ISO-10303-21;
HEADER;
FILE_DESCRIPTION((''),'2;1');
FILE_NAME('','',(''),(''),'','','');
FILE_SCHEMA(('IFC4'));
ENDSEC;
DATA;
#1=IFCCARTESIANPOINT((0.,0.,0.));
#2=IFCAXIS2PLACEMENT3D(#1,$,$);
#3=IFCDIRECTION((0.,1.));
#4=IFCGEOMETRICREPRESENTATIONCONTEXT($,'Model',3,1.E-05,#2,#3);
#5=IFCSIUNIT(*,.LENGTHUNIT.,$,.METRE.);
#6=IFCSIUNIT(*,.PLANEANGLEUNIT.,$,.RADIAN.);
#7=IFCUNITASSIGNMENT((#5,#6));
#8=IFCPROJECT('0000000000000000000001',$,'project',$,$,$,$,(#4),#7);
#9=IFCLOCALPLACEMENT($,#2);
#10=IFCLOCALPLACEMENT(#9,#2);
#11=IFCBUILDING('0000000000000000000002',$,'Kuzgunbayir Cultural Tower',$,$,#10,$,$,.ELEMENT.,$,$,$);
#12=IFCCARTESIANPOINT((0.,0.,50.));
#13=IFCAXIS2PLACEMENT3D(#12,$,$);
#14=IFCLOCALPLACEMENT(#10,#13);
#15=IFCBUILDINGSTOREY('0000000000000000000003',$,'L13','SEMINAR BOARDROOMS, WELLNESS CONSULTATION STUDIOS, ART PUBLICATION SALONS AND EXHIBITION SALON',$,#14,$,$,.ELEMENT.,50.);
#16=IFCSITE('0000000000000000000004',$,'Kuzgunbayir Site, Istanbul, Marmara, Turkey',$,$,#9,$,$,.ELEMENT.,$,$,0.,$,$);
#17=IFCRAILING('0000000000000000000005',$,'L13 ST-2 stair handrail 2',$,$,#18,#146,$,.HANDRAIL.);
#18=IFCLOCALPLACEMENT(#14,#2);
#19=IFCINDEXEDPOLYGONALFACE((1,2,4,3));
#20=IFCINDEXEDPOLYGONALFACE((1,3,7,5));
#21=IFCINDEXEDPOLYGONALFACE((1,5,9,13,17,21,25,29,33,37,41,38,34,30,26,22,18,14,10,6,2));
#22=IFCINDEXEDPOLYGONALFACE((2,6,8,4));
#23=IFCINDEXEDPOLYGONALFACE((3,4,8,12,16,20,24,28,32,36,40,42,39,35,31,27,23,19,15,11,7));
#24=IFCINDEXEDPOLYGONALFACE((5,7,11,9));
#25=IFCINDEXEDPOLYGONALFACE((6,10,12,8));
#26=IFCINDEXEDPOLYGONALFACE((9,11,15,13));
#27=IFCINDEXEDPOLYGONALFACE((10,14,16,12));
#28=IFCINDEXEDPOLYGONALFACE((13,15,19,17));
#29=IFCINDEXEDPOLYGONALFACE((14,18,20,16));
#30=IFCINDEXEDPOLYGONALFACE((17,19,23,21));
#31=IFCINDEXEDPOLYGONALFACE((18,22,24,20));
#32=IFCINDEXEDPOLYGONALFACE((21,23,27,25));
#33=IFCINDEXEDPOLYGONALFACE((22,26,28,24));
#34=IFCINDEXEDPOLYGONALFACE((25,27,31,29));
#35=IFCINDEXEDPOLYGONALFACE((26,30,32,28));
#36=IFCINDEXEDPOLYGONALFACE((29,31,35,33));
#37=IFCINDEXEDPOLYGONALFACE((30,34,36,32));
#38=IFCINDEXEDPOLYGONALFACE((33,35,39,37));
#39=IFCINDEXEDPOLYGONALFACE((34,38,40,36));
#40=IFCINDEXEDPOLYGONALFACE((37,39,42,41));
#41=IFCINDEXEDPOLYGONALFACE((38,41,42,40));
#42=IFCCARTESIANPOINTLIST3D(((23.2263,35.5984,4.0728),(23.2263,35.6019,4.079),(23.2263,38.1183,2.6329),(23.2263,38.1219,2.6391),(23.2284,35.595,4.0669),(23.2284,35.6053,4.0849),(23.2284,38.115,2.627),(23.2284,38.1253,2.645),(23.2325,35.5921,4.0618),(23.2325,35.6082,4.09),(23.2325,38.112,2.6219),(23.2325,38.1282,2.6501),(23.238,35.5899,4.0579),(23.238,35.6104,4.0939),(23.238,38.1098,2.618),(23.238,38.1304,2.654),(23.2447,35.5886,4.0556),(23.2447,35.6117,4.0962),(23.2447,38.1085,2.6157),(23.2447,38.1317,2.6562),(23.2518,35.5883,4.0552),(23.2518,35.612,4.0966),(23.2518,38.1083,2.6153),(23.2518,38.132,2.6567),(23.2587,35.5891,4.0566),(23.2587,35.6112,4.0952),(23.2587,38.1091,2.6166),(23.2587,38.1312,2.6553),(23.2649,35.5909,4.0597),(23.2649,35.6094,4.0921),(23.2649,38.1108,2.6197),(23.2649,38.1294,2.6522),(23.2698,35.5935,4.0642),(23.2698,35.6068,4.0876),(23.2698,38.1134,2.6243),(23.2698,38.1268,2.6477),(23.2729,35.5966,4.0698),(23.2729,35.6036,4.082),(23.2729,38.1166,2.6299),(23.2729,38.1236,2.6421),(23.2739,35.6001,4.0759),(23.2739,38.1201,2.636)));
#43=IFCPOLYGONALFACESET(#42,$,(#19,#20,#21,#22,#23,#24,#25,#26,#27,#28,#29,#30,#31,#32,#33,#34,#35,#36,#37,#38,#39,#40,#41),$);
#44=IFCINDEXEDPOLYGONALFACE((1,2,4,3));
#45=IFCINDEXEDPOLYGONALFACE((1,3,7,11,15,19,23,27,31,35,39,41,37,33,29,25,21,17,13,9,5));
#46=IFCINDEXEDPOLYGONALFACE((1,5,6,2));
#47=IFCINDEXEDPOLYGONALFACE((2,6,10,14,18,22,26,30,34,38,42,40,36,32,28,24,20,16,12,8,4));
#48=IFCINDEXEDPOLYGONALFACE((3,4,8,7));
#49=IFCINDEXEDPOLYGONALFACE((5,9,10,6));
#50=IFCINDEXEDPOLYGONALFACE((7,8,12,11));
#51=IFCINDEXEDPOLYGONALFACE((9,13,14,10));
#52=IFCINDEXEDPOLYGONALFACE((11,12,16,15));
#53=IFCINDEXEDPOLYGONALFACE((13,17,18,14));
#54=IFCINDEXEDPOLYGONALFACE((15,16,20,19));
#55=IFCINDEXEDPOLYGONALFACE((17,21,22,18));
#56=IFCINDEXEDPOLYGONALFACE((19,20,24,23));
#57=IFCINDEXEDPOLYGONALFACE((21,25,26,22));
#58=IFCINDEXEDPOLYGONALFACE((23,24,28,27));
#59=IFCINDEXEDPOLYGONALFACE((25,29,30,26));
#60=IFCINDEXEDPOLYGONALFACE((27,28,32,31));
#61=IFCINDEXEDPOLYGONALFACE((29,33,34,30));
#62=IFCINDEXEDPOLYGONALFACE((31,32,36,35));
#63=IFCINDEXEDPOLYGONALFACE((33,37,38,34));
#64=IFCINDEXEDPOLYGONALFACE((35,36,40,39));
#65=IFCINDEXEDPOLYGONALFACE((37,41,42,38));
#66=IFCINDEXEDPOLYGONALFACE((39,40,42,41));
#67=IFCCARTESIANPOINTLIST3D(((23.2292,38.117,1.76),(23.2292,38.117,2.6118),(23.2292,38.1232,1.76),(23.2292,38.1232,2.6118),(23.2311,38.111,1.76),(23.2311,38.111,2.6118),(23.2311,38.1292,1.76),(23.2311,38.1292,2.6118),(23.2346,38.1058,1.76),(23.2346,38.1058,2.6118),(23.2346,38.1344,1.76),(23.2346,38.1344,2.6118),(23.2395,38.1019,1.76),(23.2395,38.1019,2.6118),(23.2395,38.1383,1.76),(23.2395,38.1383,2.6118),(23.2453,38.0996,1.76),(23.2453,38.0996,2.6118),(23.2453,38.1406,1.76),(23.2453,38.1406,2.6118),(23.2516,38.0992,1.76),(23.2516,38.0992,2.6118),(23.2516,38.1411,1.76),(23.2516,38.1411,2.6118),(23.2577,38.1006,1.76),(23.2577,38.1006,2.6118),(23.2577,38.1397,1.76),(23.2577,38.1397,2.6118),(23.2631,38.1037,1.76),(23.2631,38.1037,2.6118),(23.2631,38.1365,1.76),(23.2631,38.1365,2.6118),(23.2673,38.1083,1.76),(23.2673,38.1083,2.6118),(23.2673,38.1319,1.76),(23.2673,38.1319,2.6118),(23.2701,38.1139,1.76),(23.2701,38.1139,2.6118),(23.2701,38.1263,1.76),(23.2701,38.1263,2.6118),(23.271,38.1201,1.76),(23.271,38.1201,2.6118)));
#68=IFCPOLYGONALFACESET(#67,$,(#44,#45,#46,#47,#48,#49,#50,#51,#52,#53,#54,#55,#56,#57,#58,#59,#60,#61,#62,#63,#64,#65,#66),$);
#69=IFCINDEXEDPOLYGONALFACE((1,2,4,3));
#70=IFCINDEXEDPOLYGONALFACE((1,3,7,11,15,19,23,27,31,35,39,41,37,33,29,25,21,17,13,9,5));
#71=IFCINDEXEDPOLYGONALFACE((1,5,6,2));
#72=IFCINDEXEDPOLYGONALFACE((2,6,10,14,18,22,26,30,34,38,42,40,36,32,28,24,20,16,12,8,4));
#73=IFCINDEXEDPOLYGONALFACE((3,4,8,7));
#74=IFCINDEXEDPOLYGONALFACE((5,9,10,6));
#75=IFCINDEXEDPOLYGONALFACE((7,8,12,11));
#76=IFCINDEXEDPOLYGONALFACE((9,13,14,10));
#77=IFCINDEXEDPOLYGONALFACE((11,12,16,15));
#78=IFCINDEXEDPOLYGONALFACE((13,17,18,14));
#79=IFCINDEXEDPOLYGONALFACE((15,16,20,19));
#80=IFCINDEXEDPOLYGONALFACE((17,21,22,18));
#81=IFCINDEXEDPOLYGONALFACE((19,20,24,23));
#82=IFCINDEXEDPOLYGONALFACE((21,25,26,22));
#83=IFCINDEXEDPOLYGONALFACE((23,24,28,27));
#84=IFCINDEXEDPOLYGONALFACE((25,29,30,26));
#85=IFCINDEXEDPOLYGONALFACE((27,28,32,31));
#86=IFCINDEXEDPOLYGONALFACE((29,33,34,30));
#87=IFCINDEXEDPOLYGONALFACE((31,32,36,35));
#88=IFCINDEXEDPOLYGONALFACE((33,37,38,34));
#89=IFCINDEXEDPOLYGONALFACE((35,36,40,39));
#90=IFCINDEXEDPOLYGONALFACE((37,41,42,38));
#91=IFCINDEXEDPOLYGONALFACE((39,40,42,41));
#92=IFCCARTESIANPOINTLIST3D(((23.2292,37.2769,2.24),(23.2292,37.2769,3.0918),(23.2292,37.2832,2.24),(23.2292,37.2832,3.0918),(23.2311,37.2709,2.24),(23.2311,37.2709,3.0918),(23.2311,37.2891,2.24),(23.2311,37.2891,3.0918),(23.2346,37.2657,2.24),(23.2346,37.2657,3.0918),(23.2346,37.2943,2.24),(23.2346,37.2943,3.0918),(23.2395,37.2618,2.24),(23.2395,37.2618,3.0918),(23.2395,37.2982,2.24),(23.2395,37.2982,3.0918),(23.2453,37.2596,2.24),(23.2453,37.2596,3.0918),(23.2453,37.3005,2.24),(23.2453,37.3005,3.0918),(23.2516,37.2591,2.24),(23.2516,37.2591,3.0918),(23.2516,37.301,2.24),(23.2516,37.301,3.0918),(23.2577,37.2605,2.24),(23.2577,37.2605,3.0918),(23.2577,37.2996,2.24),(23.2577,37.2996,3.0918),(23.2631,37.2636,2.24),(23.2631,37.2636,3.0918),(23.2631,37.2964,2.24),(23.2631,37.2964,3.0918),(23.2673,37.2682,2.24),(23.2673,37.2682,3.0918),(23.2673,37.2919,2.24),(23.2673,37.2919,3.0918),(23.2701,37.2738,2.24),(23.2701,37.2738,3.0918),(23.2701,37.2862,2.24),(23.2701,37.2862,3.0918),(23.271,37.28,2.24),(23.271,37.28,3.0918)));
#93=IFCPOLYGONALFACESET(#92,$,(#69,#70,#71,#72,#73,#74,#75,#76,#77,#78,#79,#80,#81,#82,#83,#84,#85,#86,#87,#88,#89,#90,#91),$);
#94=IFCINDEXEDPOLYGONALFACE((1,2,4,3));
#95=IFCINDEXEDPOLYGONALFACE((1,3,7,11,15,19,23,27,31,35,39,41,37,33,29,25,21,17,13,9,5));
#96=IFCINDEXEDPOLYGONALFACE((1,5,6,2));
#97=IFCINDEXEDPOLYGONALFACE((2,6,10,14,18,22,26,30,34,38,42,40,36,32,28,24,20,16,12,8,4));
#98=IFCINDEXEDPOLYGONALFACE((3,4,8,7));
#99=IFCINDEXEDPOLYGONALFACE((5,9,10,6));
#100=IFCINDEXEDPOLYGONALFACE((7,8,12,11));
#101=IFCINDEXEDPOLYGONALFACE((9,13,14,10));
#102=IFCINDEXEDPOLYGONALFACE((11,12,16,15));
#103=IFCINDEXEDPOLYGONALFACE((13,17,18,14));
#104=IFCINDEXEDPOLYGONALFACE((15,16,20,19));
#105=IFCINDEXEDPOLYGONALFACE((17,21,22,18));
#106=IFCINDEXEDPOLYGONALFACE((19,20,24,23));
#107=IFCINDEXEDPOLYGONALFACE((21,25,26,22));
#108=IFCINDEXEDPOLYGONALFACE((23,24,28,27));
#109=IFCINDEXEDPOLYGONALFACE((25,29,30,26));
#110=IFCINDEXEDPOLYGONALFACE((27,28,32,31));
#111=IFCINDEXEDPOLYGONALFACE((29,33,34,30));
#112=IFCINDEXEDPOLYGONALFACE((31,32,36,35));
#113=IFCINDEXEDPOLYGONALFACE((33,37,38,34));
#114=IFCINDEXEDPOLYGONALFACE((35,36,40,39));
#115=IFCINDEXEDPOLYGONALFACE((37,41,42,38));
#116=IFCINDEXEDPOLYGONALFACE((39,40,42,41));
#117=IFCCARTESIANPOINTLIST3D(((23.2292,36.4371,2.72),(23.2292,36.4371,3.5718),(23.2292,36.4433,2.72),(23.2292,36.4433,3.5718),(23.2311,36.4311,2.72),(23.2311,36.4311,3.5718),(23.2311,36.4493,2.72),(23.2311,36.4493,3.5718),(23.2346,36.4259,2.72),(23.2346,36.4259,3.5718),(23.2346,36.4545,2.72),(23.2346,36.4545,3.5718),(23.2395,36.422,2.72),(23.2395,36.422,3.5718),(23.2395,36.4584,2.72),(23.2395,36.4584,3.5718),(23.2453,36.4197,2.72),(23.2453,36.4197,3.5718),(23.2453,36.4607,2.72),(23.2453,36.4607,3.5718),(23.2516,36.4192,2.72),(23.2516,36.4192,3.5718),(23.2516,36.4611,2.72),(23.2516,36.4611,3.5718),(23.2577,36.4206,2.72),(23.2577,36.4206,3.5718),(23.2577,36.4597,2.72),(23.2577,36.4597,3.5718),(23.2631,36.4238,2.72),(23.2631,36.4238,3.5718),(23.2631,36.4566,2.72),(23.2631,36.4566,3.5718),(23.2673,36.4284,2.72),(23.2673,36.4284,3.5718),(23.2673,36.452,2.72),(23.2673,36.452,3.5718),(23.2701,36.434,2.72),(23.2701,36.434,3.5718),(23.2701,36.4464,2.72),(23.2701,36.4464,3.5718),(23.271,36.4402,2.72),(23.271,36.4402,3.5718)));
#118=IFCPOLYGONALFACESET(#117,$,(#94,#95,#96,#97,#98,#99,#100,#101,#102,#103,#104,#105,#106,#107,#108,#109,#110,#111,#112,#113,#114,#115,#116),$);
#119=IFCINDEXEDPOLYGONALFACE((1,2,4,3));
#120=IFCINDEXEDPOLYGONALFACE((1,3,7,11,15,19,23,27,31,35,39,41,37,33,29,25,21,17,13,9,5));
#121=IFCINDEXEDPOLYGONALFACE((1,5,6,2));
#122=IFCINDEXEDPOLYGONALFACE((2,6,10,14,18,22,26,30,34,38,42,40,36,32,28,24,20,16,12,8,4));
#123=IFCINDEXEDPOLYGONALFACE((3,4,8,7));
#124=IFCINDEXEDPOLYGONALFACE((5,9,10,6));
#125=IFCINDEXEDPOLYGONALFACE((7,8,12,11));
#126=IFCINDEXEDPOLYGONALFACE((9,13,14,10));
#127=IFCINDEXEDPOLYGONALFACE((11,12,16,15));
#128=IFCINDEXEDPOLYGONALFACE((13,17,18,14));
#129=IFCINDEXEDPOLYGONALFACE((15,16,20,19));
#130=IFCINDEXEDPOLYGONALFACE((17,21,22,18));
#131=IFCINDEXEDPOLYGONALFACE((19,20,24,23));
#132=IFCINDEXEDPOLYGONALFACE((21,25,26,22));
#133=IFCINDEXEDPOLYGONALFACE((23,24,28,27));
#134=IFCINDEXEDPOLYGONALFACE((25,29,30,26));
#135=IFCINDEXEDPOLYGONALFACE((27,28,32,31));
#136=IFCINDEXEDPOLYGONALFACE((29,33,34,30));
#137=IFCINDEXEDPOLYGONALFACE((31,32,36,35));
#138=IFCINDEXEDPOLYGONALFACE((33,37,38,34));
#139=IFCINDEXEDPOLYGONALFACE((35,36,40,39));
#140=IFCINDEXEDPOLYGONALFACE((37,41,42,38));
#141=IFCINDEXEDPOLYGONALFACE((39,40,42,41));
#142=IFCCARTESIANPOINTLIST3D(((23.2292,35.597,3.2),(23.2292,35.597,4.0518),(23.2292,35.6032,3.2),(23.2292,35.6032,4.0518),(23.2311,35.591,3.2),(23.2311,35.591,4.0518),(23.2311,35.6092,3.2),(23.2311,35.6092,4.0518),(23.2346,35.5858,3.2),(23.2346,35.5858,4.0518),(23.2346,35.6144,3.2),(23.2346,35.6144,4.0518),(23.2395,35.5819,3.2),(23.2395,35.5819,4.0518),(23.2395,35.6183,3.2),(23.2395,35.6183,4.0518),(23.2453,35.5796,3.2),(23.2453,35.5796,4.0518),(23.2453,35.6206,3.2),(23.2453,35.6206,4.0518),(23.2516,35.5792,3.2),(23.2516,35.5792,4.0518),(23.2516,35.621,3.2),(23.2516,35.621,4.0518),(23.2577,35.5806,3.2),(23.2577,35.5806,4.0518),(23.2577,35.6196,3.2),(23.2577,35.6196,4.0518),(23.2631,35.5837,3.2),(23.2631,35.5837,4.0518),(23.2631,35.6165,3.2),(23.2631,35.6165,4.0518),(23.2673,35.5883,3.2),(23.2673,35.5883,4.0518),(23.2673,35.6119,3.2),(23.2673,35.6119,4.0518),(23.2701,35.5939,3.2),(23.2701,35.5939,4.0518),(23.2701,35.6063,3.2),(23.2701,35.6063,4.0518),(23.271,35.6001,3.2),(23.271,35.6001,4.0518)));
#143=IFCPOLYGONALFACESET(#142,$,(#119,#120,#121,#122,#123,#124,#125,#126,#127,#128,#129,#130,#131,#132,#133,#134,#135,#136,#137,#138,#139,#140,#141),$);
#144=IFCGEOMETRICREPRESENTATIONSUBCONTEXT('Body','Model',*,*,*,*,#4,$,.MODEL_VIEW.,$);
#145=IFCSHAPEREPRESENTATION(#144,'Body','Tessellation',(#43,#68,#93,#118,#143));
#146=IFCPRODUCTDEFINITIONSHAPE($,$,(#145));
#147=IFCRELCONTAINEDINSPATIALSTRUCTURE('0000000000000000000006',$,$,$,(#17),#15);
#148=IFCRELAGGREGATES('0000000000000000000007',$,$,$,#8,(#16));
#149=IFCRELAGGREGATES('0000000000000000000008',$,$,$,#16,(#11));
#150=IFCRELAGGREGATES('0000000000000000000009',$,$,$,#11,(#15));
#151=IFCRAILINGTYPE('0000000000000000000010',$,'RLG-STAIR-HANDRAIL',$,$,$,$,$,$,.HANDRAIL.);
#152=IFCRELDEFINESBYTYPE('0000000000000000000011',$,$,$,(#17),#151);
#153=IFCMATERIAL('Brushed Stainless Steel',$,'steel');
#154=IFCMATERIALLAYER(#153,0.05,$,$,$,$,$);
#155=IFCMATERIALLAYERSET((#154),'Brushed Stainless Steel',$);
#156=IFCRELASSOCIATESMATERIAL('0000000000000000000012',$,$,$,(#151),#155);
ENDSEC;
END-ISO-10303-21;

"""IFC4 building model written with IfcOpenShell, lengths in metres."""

from ifc_helpers import new_model, si_unit, direction, frame, origin, origin_2d, place, context, subcontext, project, spatial, circle, extrude, material, layer, layer_set, type_object, element, save


model = new_model("IFC4")

# Units and contexts
model_context = context("Model", 3, precision=1e-05, world=origin(), true_north=direction((0.0, 1.0)))
body_context = subcontext(model_context, "Body", "Model", "MODEL_VIEW")
ifc_project = project(units=[si_unit("LENGTHUNIT", "METRE"), si_unit("PLANEANGLEUNIT", "RADIAN")], contexts=[model_context])

# Site, building, storey
site_placement = place(None, origin())
site = spatial("IfcSite", under=ifc_project, at=site_placement, Name="Kuzgunbayir Site, Istanbul, Marmara, Turkey", CompositionType="ELEMENT", RefElevation=0.0)
building_placement = place(site_placement, origin())
building = spatial("IfcBuilding", under=site, at=building_placement, Name="Kuzgunbayir Cultural Tower", CompositionType="ELEMENT")
storey_placement = place(building_placement, frame((0.0, 0.0, 50.0)))
storey = spatial("IfcBuildingStorey", under=building, at=storey_placement, Name="L13", Description="SEMINAR BOARDROOMS, WELLNESS CONSULTATION STUDIOS, ART PUBLICATION SALONS AND EXHIBITION SALON", CompositionType="ELEMENT", Elevation=50.0)

# Railing
ifc_material_1 = material(Name="Brushed Stainless Steel", Category="steel")
ifc_layer_1 = layer(ifc_material_1, 0.05)
ifc_layer_set_1 = layer_set([ifc_layer_1], Name="Brushed Stainless Steel")
railing_type_1 = type_object("IfcRailingType", Name="RLG-STAIR-HANDRAIL", PredefinedType="HANDRAIL", material=ifc_layer_set_1)
railing_1_placement = place(storey_placement, frame((23.25, 38.1201, 1.76)))
element("IfcRailing", 1, at=railing_1_placement, inside=storey, type_object=railing_type_1, Name="L13 ST-2 stair handrail 2", PredefinedType="HANDRAIL", context=body_context, shape_type="SweptSolid", body=[
    extrude(circle(Radius=0.0239, at=origin_2d()), frame((0.0, 0.0, 0.876), z_axis=(0.0, -0.868253, 0.496121), x_axis=(1.0, 0.0, 0.0)), (0.0, 0.0, 1.0), 2.9023),
    extrude(circle(Radius=0.021, at=origin_2d()), origin(), (0.0, 0.0, 1.0), 0.8518),
    extrude(circle(Radius=0.021, at=origin_2d()), frame((0.0, -0.8401, 0.48)), (0.0, 0.0, 1.0), 0.8518),
    extrude(circle(Radius=0.021, at=origin_2d()), frame((0.0, -1.6799, 0.96)), (0.0, 0.0, 1.0), 0.8518),
    extrude(circle(Radius=0.021, at=origin_2d()), frame((0.0, -2.52, 1.4399)), (0.0, 0.0, 1.0), 0.8518),
])

save(model, "model.ifc")
